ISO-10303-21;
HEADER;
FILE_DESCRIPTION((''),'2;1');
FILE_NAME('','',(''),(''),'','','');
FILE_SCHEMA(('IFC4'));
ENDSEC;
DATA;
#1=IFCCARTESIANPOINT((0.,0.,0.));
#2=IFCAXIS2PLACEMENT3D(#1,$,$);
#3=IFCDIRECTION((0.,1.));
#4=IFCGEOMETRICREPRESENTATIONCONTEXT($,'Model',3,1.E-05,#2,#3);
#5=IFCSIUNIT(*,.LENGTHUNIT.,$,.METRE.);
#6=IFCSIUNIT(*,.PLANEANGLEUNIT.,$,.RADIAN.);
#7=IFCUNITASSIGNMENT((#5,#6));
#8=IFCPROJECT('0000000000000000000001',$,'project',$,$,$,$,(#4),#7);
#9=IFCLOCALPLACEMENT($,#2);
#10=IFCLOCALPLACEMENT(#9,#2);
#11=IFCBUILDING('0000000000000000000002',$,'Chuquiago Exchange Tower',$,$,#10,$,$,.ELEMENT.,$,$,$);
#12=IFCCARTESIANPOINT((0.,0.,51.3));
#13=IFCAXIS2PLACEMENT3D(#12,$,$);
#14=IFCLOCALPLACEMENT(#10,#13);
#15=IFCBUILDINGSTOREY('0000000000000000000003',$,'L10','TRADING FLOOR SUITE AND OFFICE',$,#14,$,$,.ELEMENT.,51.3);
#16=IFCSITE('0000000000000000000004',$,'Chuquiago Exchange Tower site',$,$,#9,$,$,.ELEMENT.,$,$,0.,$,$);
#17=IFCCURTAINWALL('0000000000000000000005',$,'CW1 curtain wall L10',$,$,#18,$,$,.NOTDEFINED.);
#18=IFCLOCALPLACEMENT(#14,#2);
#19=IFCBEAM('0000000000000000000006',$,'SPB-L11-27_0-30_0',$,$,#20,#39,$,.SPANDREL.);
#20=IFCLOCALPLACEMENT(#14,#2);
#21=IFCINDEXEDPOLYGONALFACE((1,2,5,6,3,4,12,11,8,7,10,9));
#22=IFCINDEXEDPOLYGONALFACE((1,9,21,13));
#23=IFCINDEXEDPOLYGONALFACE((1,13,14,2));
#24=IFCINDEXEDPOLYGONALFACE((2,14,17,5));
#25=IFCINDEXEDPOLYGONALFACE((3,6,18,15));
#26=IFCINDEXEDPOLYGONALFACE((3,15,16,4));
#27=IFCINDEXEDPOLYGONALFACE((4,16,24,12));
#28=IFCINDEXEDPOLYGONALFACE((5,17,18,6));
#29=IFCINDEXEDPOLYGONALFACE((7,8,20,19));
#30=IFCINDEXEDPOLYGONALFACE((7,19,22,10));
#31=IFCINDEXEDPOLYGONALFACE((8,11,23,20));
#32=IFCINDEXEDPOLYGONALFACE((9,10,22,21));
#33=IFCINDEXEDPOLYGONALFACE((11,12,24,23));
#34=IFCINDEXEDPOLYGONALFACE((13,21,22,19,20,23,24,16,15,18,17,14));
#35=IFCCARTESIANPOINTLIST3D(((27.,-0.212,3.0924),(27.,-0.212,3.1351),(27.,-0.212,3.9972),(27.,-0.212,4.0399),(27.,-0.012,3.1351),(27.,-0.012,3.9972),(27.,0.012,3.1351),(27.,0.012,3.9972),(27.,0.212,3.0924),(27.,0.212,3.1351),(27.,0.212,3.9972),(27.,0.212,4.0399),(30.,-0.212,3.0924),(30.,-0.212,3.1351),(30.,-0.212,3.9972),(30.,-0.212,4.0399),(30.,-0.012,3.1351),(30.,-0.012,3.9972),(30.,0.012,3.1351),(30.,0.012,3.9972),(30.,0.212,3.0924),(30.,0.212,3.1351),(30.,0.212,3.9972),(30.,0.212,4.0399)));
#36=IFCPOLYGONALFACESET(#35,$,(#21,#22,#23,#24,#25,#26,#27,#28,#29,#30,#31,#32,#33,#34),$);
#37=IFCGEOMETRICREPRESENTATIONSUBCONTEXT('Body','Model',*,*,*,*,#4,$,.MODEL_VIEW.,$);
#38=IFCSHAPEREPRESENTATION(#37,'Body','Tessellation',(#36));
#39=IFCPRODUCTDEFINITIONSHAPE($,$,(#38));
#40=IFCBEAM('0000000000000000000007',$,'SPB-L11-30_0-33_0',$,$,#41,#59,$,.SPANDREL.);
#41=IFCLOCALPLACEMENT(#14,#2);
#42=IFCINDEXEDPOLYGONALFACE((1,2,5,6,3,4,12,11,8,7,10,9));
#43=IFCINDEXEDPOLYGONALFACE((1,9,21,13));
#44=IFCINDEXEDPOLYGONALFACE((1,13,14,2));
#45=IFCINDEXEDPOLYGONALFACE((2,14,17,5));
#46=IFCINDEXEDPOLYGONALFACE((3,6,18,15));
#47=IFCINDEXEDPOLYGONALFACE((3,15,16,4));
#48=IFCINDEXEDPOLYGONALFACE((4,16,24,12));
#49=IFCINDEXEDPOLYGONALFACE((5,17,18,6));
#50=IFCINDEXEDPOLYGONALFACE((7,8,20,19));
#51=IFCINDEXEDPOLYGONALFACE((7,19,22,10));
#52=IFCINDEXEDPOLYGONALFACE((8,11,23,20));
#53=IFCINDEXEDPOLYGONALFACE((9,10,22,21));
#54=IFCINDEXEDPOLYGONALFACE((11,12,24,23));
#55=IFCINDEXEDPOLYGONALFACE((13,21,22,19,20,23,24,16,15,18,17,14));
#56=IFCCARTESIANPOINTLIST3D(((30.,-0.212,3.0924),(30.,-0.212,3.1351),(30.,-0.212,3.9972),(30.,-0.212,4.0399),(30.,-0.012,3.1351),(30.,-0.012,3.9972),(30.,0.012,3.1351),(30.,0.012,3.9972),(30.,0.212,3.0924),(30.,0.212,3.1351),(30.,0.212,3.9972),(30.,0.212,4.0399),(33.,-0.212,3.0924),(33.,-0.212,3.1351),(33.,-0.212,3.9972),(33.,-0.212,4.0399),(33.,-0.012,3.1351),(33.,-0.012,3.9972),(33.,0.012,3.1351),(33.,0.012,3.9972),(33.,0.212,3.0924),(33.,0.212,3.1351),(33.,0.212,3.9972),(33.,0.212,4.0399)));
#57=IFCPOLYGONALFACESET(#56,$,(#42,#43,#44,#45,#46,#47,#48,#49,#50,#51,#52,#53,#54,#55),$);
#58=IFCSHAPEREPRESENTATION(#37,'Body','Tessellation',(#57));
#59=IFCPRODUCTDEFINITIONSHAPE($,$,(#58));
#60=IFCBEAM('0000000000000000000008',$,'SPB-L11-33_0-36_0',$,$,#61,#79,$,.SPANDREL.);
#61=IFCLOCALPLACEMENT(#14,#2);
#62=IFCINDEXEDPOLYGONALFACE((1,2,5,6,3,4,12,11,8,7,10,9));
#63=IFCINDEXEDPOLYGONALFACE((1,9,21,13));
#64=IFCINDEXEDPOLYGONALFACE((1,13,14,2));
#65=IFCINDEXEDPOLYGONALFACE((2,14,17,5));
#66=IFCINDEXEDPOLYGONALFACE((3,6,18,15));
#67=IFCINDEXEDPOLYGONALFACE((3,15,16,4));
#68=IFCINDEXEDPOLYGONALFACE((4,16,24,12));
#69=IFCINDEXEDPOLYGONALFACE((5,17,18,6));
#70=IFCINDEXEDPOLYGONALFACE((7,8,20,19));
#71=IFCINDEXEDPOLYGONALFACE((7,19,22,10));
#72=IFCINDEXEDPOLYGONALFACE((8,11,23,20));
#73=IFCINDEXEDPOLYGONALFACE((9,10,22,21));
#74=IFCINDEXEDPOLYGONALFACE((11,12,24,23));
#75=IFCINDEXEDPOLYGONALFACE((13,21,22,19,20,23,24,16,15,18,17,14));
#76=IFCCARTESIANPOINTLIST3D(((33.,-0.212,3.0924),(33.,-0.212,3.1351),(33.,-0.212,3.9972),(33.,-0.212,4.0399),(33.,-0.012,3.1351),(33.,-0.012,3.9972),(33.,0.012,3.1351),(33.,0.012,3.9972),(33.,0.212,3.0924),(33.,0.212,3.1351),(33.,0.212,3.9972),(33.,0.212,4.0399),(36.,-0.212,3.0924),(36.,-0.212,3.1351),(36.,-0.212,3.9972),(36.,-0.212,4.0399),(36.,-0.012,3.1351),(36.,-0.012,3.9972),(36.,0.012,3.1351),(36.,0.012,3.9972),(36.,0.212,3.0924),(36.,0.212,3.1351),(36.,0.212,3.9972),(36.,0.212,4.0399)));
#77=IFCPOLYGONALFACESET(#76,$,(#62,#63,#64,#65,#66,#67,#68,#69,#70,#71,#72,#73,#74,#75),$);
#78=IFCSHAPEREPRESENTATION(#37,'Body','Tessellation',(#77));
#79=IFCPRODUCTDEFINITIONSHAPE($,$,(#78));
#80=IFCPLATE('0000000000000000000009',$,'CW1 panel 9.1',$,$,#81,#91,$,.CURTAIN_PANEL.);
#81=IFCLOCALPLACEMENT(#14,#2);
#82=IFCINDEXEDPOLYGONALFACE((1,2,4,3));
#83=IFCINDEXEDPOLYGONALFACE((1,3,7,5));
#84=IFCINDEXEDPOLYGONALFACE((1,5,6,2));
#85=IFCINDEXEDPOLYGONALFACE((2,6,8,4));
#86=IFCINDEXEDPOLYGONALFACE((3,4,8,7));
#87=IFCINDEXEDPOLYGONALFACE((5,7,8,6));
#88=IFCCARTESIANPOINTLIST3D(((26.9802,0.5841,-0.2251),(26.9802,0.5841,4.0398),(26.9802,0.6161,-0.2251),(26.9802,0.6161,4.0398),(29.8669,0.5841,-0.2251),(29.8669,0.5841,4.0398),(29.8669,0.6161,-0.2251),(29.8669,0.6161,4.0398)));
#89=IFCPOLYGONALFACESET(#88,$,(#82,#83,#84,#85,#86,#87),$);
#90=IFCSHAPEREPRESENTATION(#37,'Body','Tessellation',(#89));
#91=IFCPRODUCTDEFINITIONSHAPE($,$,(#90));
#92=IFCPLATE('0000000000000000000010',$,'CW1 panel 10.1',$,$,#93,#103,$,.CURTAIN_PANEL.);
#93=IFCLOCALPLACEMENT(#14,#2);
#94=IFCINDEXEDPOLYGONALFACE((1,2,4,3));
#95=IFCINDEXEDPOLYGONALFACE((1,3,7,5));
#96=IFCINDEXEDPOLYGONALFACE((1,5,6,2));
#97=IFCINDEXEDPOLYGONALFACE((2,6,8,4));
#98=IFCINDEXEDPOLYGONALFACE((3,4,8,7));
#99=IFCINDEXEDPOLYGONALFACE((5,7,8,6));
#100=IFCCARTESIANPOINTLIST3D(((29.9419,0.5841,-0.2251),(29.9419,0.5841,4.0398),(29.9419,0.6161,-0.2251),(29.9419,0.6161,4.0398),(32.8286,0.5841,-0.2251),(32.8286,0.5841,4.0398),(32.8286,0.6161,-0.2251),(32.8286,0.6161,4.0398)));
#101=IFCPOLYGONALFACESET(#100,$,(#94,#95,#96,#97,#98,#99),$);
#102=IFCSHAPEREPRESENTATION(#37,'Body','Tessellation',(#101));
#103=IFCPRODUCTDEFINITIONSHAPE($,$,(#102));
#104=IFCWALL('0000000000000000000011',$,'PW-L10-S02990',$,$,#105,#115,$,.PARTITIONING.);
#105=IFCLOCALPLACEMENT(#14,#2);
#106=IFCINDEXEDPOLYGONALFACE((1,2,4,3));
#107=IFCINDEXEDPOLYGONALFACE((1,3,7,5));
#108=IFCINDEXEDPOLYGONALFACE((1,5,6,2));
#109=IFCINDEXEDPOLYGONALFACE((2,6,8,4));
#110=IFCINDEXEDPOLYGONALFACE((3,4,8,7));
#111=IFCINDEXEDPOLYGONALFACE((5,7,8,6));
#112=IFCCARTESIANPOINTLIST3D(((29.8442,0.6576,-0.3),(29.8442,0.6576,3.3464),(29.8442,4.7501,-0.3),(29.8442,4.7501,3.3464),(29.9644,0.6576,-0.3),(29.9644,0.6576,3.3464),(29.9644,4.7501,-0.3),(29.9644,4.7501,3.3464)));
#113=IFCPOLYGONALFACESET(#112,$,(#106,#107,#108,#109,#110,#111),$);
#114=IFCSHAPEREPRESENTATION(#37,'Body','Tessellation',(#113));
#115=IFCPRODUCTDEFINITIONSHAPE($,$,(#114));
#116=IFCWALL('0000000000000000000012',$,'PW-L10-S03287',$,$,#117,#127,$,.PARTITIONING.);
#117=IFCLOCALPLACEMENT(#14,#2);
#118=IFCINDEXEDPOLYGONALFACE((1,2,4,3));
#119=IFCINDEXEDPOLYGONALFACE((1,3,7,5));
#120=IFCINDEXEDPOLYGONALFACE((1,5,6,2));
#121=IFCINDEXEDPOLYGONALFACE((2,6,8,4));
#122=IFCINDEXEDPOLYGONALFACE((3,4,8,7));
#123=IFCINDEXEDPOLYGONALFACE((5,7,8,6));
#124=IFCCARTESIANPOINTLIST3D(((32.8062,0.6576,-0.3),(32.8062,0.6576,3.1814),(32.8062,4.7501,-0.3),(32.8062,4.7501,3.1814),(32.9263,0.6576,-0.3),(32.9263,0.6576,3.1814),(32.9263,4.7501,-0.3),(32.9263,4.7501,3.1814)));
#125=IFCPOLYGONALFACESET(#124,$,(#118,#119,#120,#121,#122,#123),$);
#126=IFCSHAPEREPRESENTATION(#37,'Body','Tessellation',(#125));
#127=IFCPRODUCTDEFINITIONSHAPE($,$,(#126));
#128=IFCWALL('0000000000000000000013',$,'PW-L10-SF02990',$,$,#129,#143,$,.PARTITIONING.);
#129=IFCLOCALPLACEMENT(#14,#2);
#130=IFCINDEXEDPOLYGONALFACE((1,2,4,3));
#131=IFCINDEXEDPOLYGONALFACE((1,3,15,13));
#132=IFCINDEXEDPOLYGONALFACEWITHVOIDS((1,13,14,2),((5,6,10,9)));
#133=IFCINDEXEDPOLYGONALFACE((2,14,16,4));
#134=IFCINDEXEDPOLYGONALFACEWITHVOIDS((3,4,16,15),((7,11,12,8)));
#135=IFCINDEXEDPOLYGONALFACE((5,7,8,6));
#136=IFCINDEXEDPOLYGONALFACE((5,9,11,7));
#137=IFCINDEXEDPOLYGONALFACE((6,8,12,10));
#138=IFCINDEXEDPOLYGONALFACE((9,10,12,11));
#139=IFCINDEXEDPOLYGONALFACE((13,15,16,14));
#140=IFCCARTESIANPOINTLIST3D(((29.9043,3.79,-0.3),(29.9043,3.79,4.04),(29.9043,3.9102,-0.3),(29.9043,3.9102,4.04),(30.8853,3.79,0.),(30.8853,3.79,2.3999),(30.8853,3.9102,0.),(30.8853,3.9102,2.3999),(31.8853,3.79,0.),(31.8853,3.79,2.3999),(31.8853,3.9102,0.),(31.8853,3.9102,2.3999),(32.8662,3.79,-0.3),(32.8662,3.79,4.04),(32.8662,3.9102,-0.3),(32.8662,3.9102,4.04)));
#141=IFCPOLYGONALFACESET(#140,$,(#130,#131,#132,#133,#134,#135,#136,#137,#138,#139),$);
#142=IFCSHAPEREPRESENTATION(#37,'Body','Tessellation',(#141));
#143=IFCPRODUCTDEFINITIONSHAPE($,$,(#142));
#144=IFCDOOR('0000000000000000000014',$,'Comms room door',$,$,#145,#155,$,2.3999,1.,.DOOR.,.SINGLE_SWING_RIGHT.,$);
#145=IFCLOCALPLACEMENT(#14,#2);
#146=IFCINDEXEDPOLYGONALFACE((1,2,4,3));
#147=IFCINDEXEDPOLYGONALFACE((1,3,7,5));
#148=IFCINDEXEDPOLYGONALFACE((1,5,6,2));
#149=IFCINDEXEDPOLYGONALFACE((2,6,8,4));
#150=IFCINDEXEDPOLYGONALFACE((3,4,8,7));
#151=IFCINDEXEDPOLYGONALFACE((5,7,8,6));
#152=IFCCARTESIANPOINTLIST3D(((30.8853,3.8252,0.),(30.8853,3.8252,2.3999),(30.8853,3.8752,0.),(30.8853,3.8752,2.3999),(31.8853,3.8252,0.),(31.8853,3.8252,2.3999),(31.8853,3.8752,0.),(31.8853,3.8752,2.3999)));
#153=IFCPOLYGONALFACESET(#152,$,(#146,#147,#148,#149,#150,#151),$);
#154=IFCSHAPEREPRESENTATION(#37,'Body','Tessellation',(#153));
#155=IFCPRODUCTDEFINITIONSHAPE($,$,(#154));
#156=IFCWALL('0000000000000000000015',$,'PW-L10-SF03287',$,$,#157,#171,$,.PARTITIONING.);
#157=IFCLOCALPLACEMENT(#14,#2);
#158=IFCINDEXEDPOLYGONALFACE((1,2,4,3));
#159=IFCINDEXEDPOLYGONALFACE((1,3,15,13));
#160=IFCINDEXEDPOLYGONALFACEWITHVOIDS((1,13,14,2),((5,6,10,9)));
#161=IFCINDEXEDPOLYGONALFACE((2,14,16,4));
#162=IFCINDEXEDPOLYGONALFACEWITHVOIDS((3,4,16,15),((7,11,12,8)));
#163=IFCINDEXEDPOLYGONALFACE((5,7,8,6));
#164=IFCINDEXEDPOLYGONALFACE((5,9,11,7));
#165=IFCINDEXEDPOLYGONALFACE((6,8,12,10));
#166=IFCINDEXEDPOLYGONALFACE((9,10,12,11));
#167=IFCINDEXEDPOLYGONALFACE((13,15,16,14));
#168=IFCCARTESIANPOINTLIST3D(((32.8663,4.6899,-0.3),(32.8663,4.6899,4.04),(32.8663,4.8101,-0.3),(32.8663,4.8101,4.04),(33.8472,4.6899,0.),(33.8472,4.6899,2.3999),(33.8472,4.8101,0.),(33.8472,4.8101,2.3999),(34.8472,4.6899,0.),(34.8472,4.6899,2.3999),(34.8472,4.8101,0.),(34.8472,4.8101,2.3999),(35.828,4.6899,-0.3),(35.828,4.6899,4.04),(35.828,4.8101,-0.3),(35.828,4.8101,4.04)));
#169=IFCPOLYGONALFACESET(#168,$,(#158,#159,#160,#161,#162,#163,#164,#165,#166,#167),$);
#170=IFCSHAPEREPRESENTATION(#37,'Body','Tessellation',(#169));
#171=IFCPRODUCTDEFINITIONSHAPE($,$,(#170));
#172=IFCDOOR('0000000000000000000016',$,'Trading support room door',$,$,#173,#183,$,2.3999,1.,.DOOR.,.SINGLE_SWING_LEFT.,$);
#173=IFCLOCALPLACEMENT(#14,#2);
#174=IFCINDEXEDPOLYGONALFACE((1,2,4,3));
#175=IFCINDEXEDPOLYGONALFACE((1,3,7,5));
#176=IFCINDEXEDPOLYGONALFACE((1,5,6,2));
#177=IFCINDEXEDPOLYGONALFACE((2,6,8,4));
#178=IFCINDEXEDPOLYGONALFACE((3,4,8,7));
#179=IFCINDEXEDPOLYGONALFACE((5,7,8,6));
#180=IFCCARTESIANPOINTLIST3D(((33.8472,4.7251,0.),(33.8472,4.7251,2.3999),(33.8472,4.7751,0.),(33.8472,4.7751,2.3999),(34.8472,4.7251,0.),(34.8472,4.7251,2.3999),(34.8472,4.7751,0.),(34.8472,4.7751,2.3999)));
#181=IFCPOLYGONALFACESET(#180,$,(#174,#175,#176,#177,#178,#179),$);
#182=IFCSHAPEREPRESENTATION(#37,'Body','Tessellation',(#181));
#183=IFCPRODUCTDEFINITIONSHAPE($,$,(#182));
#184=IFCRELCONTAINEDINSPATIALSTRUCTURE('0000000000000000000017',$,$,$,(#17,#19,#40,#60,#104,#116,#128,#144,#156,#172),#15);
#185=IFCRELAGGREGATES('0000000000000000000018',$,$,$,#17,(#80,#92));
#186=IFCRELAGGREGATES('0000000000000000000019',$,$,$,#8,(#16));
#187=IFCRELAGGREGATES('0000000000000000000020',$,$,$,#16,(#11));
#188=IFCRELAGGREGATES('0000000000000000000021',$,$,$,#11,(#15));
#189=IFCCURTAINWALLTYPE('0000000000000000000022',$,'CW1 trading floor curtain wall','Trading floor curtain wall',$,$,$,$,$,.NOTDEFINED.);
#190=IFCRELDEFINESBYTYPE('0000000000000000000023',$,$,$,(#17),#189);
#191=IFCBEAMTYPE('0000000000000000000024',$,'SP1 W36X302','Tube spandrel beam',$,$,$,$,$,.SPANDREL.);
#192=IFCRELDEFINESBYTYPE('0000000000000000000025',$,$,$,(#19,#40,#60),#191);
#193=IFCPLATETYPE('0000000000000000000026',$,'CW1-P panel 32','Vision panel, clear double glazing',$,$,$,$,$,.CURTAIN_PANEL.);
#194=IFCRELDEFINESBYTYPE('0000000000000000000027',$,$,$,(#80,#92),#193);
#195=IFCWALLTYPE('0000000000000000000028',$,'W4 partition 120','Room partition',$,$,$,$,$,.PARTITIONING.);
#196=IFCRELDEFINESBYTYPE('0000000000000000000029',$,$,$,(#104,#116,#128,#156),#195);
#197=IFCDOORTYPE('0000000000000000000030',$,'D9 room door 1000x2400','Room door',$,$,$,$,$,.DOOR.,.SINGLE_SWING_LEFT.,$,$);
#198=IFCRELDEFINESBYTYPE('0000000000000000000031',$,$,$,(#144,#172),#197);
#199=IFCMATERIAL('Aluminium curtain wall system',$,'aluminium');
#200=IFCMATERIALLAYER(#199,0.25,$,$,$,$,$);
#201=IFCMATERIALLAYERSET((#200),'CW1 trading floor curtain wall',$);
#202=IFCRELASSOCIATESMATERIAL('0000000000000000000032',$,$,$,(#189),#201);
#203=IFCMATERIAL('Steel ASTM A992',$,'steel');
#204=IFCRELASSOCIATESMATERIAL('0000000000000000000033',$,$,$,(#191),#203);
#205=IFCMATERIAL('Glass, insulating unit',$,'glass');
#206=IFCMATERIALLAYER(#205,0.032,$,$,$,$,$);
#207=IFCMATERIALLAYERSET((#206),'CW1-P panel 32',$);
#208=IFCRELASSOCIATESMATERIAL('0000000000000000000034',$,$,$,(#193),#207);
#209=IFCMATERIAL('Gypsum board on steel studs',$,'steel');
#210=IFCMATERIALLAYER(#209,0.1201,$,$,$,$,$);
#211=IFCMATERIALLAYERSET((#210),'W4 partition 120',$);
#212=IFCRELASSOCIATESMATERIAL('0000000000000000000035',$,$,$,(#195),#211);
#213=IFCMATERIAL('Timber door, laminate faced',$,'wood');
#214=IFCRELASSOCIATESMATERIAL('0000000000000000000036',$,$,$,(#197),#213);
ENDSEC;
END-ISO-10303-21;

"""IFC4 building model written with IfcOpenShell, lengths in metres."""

from ifc_helpers import new_model, si_unit, direction, frame, frame_2d, origin, origin_2d, place, context, subcontext, project, spatial, rectangle, i_section, extrude, material, layer, layer_set, material_profile, profile_set, type_object, element, fill, aggregate, save


model = new_model("IFC4")

# Units and contexts
model_context = context("Model", 3, precision=1e-05, world=origin(), true_north=direction((0.0, 1.0)))
body_context = subcontext(model_context, "Body", "Model", "MODEL_VIEW")
ifc_project = project(units=[si_unit("LENGTHUNIT", "METRE"), si_unit("PLANEANGLEUNIT", "RADIAN")], contexts=[model_context])

# Site, building, storey
site_placement = place(None, origin())
site = spatial("IfcSite", under=ifc_project, at=site_placement, Name="Chuquiago Exchange Tower site", CompositionType="ELEMENT", RefElevation=0.0)
building_placement = place(site_placement, origin())
building = spatial("IfcBuilding", under=site, at=building_placement, Name="Chuquiago Exchange Tower", CompositionType="ELEMENT")
storey_placement = place(building_placement, frame((0.0, 0.0, 51.3)))
storey = spatial("IfcBuildingStorey", under=building, at=storey_placement, Name="L10", Description="TRADING FLOOR SUITE AND OFFICE", CompositionType="ELEMENT", Elevation=51.3)

# Curtain wall
ifc_material_1 = material(Name="Aluminium curtain wall system", Category="aluminium")
ifc_layer_1 = layer(ifc_material_1, 0.25)
ifc_layer_set_1 = layer_set([ifc_layer_1], Name="CW1 trading floor curtain wall")
curtain_wall_type = type_object("IfcCurtainWallType", Name="CW1 trading floor curtain wall", Description="Trading floor curtain wall", PredefinedType="NOTDEFINED", material=ifc_layer_set_1)
curtain_wall_placement = place(storey_placement, origin())
curtain_wall = element("IfcCurtainWall", 1, at=curtain_wall_placement, inside=storey, type_object=curtain_wall_type, Name="CW1 curtain wall L10", PredefinedType="NOTDEFINED")

# Beams
ifc_material_2 = material(Name="Steel ASTM A992", Category="steel")
ifc_material_profile_1 = material_profile(ifc_material_2, i_section(OverallWidth=0.4241, OverallDepth=0.9475, WebThickness=0.0239, FlangeThickness=0.0427, at=origin_2d()), Name="W36X302")
ifc_profile_set_1 = profile_set([ifc_material_profile_1], Name="Steel ASTM A992")
beam_type_1 = type_object("IfcBeamType", Name="SP1 W36X302", Description="Tube spandrel beam", PredefinedType="SPANDREL", material=ifc_profile_set_1)
for number, where, z_axis, x_axis, name in (
    (2, (27.0, 0.0, 3.5662), (1.0, 0.0, 0.0), (0.0, 1.0, 0.0), "SPB-L11-27_0-30_0"),
    (3, (30.0, 0.0, 3.5662), (1.0, 0.0, 0.0), (0.0, 1.0, 0.0), "SPB-L11-30_0-33_0"),
    (4, (33.0, 0.0, 3.5662), (1.0, 0.0, 0.0), (0.0, 1.0, 0.0), "SPB-L11-33_0-36_0"),
):
    element("IfcBeam", number, at=place(storey_placement, frame(where, z_axis=z_axis, x_axis=x_axis)), inside=storey, type_object=beam_type_1, Name=name, PredefinedType="SPANDREL", context=body_context, shape_type="SweptSolid", body=[
        extrude(i_section(OverallWidth=0.4241, OverallDepth=0.9475, WebThickness=0.0239, FlangeThickness=0.0427, at=origin_2d()), origin(), (0.0, 0.0, 1.0), 3.0),
    ])

# Plates
ifc_material_3 = material(Name="Glass, insulating unit", Category="glass")
ifc_layer_2 = layer(ifc_material_3, 0.032)
ifc_layer_set_2 = layer_set([ifc_layer_2], Name="CW1-P panel 32")
plate_type = type_object("IfcPlateType", Name="CW1-P panel 32", Description="Vision panel, clear double glazing", PredefinedType="CURTAIN_PANEL", material=ifc_layer_set_2)
plate_1_placement = place(storey_placement, frame((28.4236, 0.6001, -0.2251), z_axis=(0.0, 0.0, 1.0), x_axis=(1.0, 0.0, 0.0)))
plate_1 = element("IfcPlate", 5, at=plate_1_placement, type_object=plate_type, Name="CW1 panel 9.1", PredefinedType="CURTAIN_PANEL", context=body_context, shape_type="SweptSolid", body=[
    extrude(rectangle(XDim=2.8867, YDim=0.032, at=origin_2d()), origin(), (0.0, 0.0, 1.0), 4.2649),
])
plate_2_placement = place(storey_placement, frame((31.3853, 0.6001, -0.2251), z_axis=(0.0, 0.0, 1.0), x_axis=(1.0, 0.0, 0.0)))
plate_2 = element("IfcPlate", 6, at=plate_2_placement, type_object=plate_type, Name="CW1 panel 10.1", PredefinedType="CURTAIN_PANEL", context=body_context, shape_type="SweptSolid", body=[
    extrude(rectangle(XDim=2.8867, YDim=0.032, at=origin_2d()), origin(), (0.0, 0.0, 1.0), 4.2649),
])
aggregate(curtain_wall, [plate_1, plate_2])

# Walls
ifc_material_4 = material(Name="Gypsum board on steel studs", Category="steel")
ifc_layer_3 = layer(ifc_material_4, 0.1201)
ifc_layer_set_3 = layer_set([ifc_layer_3], Name="W4 partition 120")
wall_type = type_object("IfcWallType", Name="W4 partition 120", Description="Room partition", PredefinedType="PARTITIONING", material=ifc_layer_set_3)
wall_1_placement = place(storey_placement, frame((29.9043, 0.6575, -0.3), z_axis=(0.0, 0.0, 1.0), x_axis=(0.0, 1.0, 0.0)))
element("IfcWall", 7, at=wall_1_placement, inside=storey, type_object=wall_type, Name="PW-L10-S02990", PredefinedType="PARTITIONING", context=body_context, shape_type="SweptSolid", body=[
    extrude(rectangle(XDim=4.0925, YDim=0.1201, at=frame_2d((2.0464, 0.0))), origin(), (0.0, 0.0, 1.0), 3.6465),
])
wall_2_placement = place(storey_placement, frame((32.8662, 0.6575, -0.3), z_axis=(0.0, 0.0, 1.0), x_axis=(0.0, 1.0, 0.0)))
element("IfcWall", 8, at=wall_2_placement, inside=storey, type_object=wall_type, Name="PW-L10-S03287", PredefinedType="PARTITIONING", context=body_context, shape_type="SweptSolid", body=[
    extrude(rectangle(XDim=4.0925, YDim=0.1201, at=frame_2d((2.0464, 0.0))), origin(), (0.0, 0.0, 1.0), 3.4814),
])

# Walls, openings, doors
wall_3_placement = place(storey_placement, frame((29.9043, 3.8501, -0.3), z_axis=(0.0, 0.0, 1.0), x_axis=(1.0, 0.0, 0.0)))
wall_3 = element("IfcWall", 9, at=wall_3_placement, inside=storey, type_object=wall_type, Name="PW-L10-SF02990", PredefinedType="PARTITIONING", context=body_context, shape_type="SweptSolid", body=[
    extrude(rectangle(XDim=2.9619, YDim=0.1201, at=frame_2d((1.481, 0.0))), origin(), (0.0, 0.0, 1.0), 4.3401),
])
opening_1_placement = place(wall_3_placement, frame((0.981, 0.0, 0.3)))
opening_1 = element("IfcOpeningElement", 10, at=opening_1_placement, cuts=wall_3, PredefinedType="OPENING", context=body_context, shape_type="SweptSolid", body=[
    extrude(rectangle(XDim=1.0, YDim=2.3999, at=frame_2d((0.5, 1.2))), frame((0.0, 0.0701, 0.0), z_axis=(0.0, -1.0, 0.0), x_axis=(1.0, 0.0, 0.0)), (0.0, 0.0, 1.0), 0.1401),
])
ifc_material_5 = material(Name="Timber door, laminate faced", Category="wood")
door_type = type_object("IfcDoorType", Name="D9 room door 1000x2400", Description="Room door", OperationType="SINGLE_SWING_LEFT", PredefinedType="DOOR", material=ifc_material_5)
door_1_placement = place(opening_1_placement, frame((1.0, 0.0, 0.0), z_axis=(0.0, 0.0, 1.0), x_axis=(-1.0, 0.0, 0.0)))
door_1 = element("IfcDoor", 11, at=door_1_placement, inside=storey, type_object=door_type, Name="Comms room door", OperationType="SINGLE_SWING_RIGHT", OverallHeight=2.3999, OverallWidth=1.0, PredefinedType="DOOR", context=body_context, shape_type="SweptSolid", body=[
    extrude(rectangle(XDim=1.0, YDim=2.3999, at=frame_2d((0.5, 1.2))), frame((0.0, 0.0249, 0.0), z_axis=(0.0, -1.0, 0.0), x_axis=(1.0, 0.0, 0.0)), (0.0, 0.0, 1.0), 0.05),
])
fill(opening_1, door_1)
wall_4_placement = place(storey_placement, frame((32.8662, 4.75, -0.3), z_axis=(0.0, 0.0, 1.0), x_axis=(1.0, 0.0, 0.0)))
wall_4 = element("IfcWall", 12, at=wall_4_placement, inside=storey, type_object=wall_type, Name="PW-L10-SF03287", PredefinedType="PARTITIONING", context=body_context, shape_type="SweptSolid", body=[
    extrude(rectangle(XDim=2.9617, YDim=0.1201, at=frame_2d((1.481, 0.0))), origin(), (0.0, 0.0, 1.0), 4.3401),
])
opening_2_placement = place(wall_4_placement, frame((0.981, 0.0, 0.3)))
opening_2 = element("IfcOpeningElement", 13, at=opening_2_placement, cuts=wall_4, PredefinedType="OPENING", context=body_context, shape_type="SweptSolid", body=[
    extrude(rectangle(XDim=1.0, YDim=2.3999, at=frame_2d((0.5, 1.2))), frame((0.0, 0.0701, 0.0), z_axis=(0.0, -1.0, 0.0), x_axis=(1.0, 0.0, 0.0)), (0.0, 0.0, 1.0), 0.1401),
])
door_2_placement = place(opening_2_placement, frame((1.0, 0.0, 0.0), z_axis=(0.0, 0.0, 1.0), x_axis=(-1.0, 0.0, 0.0)))
door_2 = element("IfcDoor", 14, at=door_2_placement, inside=storey, type_object=door_type, Name="Trading support room door", OperationType="SINGLE_SWING_LEFT", OverallHeight=2.3999, OverallWidth=1.0, PredefinedType="DOOR", context=body_context, shape_type="SweptSolid", body=[
    extrude(rectangle(XDim=1.0, YDim=2.3999, at=frame_2d((0.5, 1.2))), frame((0.0, 0.0249, 0.0), z_axis=(0.0, -1.0, 0.0), x_axis=(1.0, 0.0, 0.0)), (0.0, 0.0, 1.0), 0.05),
])
fill(opening_2, door_2)

save(model, "model.ifc")
